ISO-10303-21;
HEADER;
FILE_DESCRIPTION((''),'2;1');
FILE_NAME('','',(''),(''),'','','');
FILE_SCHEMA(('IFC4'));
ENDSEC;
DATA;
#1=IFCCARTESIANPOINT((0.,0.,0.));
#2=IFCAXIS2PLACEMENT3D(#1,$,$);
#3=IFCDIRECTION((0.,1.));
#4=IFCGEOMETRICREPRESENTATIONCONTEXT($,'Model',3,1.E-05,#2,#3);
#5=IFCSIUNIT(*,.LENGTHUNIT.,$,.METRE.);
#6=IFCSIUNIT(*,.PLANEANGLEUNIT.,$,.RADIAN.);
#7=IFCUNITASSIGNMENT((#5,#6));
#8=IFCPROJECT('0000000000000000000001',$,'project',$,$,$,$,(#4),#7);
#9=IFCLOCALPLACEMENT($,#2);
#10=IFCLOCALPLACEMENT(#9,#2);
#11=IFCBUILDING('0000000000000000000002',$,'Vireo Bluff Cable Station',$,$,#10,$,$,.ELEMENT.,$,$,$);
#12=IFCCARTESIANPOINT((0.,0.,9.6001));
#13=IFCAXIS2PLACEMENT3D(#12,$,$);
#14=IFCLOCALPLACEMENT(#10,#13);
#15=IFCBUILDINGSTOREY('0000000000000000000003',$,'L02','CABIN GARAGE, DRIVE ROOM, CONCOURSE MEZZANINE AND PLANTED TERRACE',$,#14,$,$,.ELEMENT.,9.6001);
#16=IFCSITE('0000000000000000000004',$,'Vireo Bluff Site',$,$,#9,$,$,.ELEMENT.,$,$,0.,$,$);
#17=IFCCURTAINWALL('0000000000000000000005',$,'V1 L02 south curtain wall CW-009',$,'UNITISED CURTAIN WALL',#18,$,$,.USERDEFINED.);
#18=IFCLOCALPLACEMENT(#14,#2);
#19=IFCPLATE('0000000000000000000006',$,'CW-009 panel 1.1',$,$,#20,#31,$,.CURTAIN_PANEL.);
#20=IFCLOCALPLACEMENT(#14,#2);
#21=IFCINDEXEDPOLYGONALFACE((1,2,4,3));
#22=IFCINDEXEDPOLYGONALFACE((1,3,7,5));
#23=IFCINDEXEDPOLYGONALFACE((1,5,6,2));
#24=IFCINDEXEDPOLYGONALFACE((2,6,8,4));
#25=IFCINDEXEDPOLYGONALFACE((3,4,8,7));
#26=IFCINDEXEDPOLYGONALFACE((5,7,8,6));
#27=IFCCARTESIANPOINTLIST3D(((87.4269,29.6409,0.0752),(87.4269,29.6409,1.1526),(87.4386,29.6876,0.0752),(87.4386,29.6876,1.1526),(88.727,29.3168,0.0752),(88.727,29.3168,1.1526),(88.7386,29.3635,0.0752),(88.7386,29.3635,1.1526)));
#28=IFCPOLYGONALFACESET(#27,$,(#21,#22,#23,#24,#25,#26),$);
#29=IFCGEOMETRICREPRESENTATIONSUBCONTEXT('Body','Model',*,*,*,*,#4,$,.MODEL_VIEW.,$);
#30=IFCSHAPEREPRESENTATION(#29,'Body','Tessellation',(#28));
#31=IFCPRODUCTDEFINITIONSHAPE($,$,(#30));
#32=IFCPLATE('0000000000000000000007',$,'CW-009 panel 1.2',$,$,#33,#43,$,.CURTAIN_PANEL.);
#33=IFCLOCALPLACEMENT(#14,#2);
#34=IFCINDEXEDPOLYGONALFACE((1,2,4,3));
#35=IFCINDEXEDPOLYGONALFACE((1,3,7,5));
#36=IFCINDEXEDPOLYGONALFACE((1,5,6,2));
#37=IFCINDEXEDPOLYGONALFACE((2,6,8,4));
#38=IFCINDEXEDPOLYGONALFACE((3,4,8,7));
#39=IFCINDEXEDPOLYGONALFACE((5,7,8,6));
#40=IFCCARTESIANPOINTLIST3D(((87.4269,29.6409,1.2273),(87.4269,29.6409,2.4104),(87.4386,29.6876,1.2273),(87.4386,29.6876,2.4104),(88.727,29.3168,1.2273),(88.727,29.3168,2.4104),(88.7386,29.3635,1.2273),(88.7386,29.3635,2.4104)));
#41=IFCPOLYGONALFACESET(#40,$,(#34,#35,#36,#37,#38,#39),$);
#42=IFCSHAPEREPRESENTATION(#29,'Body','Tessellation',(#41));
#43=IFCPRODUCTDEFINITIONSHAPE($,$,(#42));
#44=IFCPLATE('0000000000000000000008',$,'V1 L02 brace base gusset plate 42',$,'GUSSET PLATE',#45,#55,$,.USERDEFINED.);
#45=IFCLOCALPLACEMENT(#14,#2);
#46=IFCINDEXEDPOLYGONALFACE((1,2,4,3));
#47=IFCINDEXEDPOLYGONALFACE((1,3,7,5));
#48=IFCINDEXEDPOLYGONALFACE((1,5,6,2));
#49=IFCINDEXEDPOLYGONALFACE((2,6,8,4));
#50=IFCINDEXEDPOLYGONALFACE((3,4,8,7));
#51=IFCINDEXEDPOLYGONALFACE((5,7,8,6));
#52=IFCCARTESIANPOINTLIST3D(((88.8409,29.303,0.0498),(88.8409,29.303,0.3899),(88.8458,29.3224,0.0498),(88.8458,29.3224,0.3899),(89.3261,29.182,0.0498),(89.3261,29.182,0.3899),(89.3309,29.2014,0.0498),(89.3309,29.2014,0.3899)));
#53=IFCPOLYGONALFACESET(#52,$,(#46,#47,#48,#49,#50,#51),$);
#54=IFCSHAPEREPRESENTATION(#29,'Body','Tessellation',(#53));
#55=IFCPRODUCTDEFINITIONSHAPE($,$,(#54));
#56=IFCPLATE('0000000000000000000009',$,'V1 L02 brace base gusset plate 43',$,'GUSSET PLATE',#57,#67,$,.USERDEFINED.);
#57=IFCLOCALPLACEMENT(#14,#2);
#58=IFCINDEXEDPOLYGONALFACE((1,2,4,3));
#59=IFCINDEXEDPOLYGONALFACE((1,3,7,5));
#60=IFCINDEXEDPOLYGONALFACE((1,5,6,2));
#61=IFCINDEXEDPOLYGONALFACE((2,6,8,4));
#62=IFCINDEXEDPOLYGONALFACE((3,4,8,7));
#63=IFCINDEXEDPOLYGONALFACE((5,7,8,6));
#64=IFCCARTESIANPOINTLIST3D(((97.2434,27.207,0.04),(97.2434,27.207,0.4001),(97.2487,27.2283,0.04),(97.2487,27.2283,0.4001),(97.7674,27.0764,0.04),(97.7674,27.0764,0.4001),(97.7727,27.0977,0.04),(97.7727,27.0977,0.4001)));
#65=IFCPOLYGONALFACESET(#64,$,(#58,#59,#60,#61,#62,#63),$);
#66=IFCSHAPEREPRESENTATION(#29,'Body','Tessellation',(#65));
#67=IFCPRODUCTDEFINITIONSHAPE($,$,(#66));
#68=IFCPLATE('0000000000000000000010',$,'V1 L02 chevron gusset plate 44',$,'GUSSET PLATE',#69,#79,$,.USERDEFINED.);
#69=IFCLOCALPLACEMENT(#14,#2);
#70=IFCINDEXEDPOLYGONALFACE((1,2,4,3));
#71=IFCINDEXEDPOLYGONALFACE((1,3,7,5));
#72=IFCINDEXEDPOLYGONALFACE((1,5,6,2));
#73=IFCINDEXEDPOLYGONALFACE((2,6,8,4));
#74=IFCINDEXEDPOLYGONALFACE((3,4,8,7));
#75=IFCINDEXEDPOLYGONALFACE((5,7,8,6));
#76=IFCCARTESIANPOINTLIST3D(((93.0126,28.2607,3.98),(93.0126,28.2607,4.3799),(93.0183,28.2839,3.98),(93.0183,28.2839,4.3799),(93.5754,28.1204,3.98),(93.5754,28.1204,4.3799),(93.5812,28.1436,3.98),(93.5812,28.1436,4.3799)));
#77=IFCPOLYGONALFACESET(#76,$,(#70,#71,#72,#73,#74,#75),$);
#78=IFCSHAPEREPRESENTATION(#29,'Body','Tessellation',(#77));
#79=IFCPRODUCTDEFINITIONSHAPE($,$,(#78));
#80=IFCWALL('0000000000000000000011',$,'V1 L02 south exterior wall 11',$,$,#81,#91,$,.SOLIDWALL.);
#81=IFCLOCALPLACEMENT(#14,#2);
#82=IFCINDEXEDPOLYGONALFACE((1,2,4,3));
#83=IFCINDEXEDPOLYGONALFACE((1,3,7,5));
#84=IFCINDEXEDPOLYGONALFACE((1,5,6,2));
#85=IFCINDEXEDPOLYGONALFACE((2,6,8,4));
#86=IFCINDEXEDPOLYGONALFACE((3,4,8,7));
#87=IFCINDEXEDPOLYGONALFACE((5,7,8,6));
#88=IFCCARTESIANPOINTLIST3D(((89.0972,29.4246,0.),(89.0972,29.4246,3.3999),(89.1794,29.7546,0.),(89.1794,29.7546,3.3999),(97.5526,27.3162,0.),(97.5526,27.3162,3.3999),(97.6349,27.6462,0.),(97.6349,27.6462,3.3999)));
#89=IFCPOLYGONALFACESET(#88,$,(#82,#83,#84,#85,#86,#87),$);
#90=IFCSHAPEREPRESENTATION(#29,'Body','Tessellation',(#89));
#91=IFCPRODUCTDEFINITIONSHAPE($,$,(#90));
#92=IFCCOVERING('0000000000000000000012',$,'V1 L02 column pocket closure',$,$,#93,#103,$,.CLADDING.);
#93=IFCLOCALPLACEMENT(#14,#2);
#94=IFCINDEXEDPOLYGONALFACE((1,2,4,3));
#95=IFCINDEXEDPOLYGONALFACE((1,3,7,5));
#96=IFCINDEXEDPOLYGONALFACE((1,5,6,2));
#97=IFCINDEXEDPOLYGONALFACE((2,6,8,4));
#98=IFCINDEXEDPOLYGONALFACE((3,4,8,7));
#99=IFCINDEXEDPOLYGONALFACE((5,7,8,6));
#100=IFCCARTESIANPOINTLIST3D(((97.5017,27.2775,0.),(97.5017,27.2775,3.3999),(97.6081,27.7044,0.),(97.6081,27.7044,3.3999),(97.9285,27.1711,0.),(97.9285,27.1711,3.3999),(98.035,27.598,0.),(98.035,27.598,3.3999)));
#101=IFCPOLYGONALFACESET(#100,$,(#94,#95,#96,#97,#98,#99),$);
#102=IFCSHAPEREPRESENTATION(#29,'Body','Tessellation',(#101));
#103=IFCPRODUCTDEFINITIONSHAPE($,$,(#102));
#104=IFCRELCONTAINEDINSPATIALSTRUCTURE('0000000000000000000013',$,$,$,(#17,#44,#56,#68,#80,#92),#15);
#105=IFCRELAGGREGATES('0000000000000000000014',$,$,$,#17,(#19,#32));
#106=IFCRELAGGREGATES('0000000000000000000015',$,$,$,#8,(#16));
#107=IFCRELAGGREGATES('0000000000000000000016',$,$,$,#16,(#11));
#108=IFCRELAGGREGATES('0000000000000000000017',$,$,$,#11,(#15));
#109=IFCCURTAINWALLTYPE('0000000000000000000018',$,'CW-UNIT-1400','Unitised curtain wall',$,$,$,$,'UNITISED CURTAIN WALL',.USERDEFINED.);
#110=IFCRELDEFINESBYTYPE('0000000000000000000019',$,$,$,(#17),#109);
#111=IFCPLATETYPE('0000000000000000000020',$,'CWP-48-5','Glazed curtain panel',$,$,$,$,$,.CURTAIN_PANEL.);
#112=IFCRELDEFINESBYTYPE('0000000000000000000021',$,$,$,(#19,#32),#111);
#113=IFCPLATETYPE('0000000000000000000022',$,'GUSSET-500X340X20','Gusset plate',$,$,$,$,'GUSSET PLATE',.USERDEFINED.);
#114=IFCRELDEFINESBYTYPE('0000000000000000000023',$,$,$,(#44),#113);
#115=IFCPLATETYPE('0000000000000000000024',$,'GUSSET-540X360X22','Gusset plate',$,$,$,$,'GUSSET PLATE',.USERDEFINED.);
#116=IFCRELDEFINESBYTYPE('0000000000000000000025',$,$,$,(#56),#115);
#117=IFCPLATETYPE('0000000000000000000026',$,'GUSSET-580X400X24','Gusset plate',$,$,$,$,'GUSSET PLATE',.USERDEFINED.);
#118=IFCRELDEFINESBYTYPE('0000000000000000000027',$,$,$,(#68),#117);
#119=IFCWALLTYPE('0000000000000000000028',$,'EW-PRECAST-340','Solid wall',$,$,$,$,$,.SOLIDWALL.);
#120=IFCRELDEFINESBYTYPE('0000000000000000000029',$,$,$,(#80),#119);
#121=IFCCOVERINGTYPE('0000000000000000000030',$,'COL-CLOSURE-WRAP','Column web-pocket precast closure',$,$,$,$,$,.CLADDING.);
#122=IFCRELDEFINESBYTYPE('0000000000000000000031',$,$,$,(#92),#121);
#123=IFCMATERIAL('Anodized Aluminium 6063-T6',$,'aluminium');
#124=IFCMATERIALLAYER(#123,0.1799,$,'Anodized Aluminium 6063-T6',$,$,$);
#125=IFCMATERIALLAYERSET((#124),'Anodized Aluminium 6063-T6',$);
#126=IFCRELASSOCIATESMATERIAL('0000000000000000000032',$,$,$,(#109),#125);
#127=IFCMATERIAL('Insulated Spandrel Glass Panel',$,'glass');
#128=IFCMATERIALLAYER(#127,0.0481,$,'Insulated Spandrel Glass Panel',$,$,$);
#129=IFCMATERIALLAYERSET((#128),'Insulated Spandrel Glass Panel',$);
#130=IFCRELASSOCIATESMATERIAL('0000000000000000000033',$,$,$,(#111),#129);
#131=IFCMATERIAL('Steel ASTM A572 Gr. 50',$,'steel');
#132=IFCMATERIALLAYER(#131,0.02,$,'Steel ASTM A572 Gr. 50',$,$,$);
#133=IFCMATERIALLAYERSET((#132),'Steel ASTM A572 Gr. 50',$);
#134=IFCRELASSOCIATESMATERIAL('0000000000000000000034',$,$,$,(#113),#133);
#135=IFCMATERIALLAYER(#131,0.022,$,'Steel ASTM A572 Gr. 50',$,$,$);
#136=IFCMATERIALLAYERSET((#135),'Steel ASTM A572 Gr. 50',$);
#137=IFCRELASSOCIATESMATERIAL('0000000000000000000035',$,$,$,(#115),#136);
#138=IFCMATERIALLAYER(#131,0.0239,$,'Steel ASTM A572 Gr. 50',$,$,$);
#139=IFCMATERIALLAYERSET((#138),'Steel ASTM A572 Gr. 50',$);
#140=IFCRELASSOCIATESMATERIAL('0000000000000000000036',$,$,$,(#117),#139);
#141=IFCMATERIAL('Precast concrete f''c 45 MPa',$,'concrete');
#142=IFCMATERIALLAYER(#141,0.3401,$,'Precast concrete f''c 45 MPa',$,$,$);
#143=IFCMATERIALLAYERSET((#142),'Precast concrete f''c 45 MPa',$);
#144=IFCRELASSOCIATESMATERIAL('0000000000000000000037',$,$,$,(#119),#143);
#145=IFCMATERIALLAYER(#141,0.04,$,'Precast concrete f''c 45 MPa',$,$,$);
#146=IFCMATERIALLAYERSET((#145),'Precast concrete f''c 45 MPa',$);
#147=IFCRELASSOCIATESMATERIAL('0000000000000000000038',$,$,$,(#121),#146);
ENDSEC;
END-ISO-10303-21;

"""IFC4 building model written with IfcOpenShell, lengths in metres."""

from ifc_helpers import new_model, si_unit, direction, frame, frame_2d, origin, origin_2d, place, context, subcontext, project, spatial, rectangle, extrude, material, layer, layer_set, type_object, element, aggregate, save


model = new_model("IFC4")

# Units and contexts
model_context = context("Model", 3, precision=1e-05, world=origin(), true_north=direction((0.0, 1.0)))
body_context = subcontext(model_context, "Body", "Model", "MODEL_VIEW")
ifc_project = project(units=[si_unit("LENGTHUNIT", "METRE"), si_unit("PLANEANGLEUNIT", "RADIAN")], contexts=[model_context])

# Site, building, storey
site_placement = place(None, origin())
site = spatial("IfcSite", under=ifc_project, at=site_placement, Name="Vireo Bluff Site", CompositionType="ELEMENT", RefElevation=0.0)
building_placement = place(site_placement, origin())
building = spatial("IfcBuilding", under=site, at=building_placement, Name="Vireo Bluff Cable Station", CompositionType="ELEMENT")
storey_placement = place(building_placement, frame((0.0, 0.0, 9.6001)))
storey = spatial("IfcBuildingStorey", under=building, at=storey_placement, Name="L02", Description="CABIN GARAGE, DRIVE ROOM, CONCOURSE MEZZANINE AND PLANTED TERRACE", CompositionType="ELEMENT", Elevation=9.6001)

# Curtain wall
ifc_material_1 = material(Name="Anodized Aluminium 6063-T6", Category="aluminium")
ifc_layer_1 = layer(ifc_material_1, 0.1799, Name="Anodized Aluminium 6063-T6")
ifc_layer_set_1 = layer_set([ifc_layer_1], Name="Anodized Aluminium 6063-T6")
curtain_wall_type = type_object("IfcCurtainWallType", Name="CW-UNIT-1400", Description="Unitised curtain wall", ElementType="UNITISED CURTAIN WALL", PredefinedType="USERDEFINED", material=ifc_layer_set_1)
curtain_wall_1_placement = place(storey_placement, origin())
curtain_wall_1 = element("IfcCurtainWall", 1, at=curtain_wall_1_placement, inside=storey, type_object=curtain_wall_type, Name="V1 L02 south curtain wall CW-009", ObjectType="UNITISED CURTAIN WALL", PredefinedType="USERDEFINED")

# Plates
ifc_material_2 = material(Name="Insulated Spandrel Glass Panel", Category="glass")
ifc_layer_2 = layer(ifc_material_2, 0.0481, Name="Insulated Spandrel Glass Panel")
ifc_layer_set_2 = layer_set([ifc_layer_2], Name="Insulated Spandrel Glass Panel")
plate_type_1 = type_object("IfcPlateType", Name="CWP-48-5", Description="Glazed curtain panel", PredefinedType="CURTAIN_PANEL", material=ifc_layer_set_2)
plate_1_placement = place(storey_placement, frame((88.0828, 29.5022, 0.0752), z_axis=(0.0, 0.0, 1.0), x_axis=(-0.970296, 0.241922, 0.0)))
plate_1 = element("IfcPlate", 2, at=plate_1_placement, type_object=plate_type_1, Name="CW-009 panel 1.1", PredefinedType="CURTAIN_PANEL", context=body_context, shape_type="SweptSolid", body=[
    extrude(rectangle(XDim=1.3398, YDim=0.0481, at=origin_2d()), origin(), (0.0, 0.0, 1.0), 1.0774),
])
plate_2_placement = place(storey_placement, frame((88.0828, 29.5022, 1.2273), z_axis=(0.0, 0.0, 1.0), x_axis=(-0.970296, 0.241922, 0.0)))
plate_2 = element("IfcPlate", 3, at=plate_2_placement, type_object=plate_type_1, Name="CW-009 panel 1.2", PredefinedType="CURTAIN_PANEL", context=body_context, shape_type="SweptSolid", body=[
    extrude(rectangle(XDim=1.3398, YDim=0.0481, at=origin_2d()), origin(), (0.0, 0.0, 1.0), 1.1831),
])
aggregate(curtain_wall_1, [plate_1, plate_2])

# Plates
ifc_material_3 = material(Name="Steel ASTM A572 Gr. 50", Category="steel")
ifc_layer_3 = layer(ifc_material_3, 0.02, Name="Steel ASTM A572 Gr. 50")
ifc_layer_set_3 = layer_set([ifc_layer_3], Name="Steel ASTM A572 Gr. 50")
plate_type_2 = type_object("IfcPlateType", Name="GUSSET-500X340X20", Description="Gusset plate", ElementType="GUSSET PLATE", PredefinedType="USERDEFINED", material=ifc_layer_set_3)
plate_3_placement = place(storey_placement, frame((89.0859, 29.2522, 0.0498), z_axis=(0.0, 0.0, 1.0), x_axis=(0.970296, -0.241922, 0.0)))
element("IfcPlate", 4, at=plate_3_placement, inside=storey, type_object=plate_type_2, Name="V1 L02 brace base gusset plate 42", ObjectType="GUSSET PLATE", PredefinedType="USERDEFINED", context=body_context, shape_type="SweptSolid", body=[
    extrude(rectangle(XDim=0.5, YDim=0.02, at=origin_2d()), origin(), (0.0, 0.0, 1.0), 0.3401),
])
ifc_layer_4 = layer(ifc_material_3, 0.022, Name="Steel ASTM A572 Gr. 50")
ifc_layer_set_4 = layer_set([ifc_layer_4], Name="Steel ASTM A572 Gr. 50")
plate_type_3 = type_object("IfcPlateType", Name="GUSSET-540X360X22", Description="Gusset plate", ElementType="GUSSET PLATE", PredefinedType="USERDEFINED", material=ifc_layer_set_4)
plate_4_placement = place(storey_placement, frame((97.5081, 27.1523, 0.04), z_axis=(0.0, 0.0, 1.0), x_axis=(0.970296, -0.241922, 0.0)))
element("IfcPlate", 5, at=plate_4_placement, inside=storey, type_object=plate_type_3, Name="V1 L02 brace base gusset plate 43", ObjectType="GUSSET PLATE", PredefinedType="USERDEFINED", context=body_context, shape_type="SweptSolid", body=[
    extrude(rectangle(XDim=0.54, YDim=0.022, at=origin_2d()), origin(), (0.0, 0.0, 1.0), 0.3601),
])
ifc_layer_5 = layer(ifc_material_3, 0.0239, Name="Steel ASTM A572 Gr. 50")
ifc_layer_set_5 = layer_set([ifc_layer_5], Name="Steel ASTM A572 Gr. 50")
plate_type_4 = type_object("IfcPlateType", Name="GUSSET-580X400X24", Description="Gusset plate", ElementType="GUSSET PLATE", PredefinedType="USERDEFINED", material=ifc_layer_set_5)
plate_5_placement = place(storey_placement, frame((93.2969, 28.2021, 3.98), z_axis=(0.0, 0.0, 1.0), x_axis=(0.970296, -0.241922, 0.0)))
element("IfcPlate", 6, at=plate_5_placement, inside=storey, type_object=plate_type_4, Name="V1 L02 chevron gusset plate 44", ObjectType="GUSSET PLATE", PredefinedType="USERDEFINED", context=body_context, shape_type="SweptSolid", body=[
    extrude(rectangle(XDim=0.5801, YDim=0.0239, at=origin_2d()), origin(), (0.0, 0.0, 1.0), 0.3999),
])

# Wall
ifc_material_4 = material(Name="Precast concrete f'c 45 MPa", Category="concrete")
ifc_layer_6 = layer(ifc_material_4, 0.3401, Name="Precast concrete f'c 45 MPa")
ifc_layer_set_6 = layer_set([ifc_layer_6], Name="Precast concrete f'c 45 MPa")
wall_type = type_object("IfcWallType", Name="EW-PRECAST-340", Description="Solid wall", PredefinedType="SOLIDWALL", material=ifc_layer_set_6)
wall_placement = place(storey_placement, frame((97.5938, 27.4812, 0.0), z_axis=(0.0, 0.0, 1.0), x_axis=(-0.970291, 0.241942, 0.0)))
element("IfcWall", 7, at=wall_placement, inside=storey, type_object=wall_type, Name="V1 L02 south exterior wall 11", PredefinedType="SOLIDWALL", context=body_context, shape_type="SweptSolid", body=[
    extrude(rectangle(XDim=8.7144, YDim=0.3401, at=frame_2d((4.3572, 0.0))), origin(), (0.0, 0.0, 1.0), 3.3999),
])

# Covering
ifc_layer_7 = layer(ifc_material_4, 0.04, Name="Precast concrete f'c 45 MPa")
ifc_layer_set_7 = layer_set([ifc_layer_7], Name="Precast concrete f'c 45 MPa")
covering_type = type_object("IfcCoveringType", Name="COL-CLOSURE-WRAP", Description="Column web-pocket precast closure", PredefinedType="CLADDING", material=ifc_layer_set_7)
covering_placement = place(storey_placement, frame((97.7683, 27.4377, 0.0), z_axis=(0.0, 0.0, 1.0), x_axis=(0.970296, -0.241922, 0.0)))
element("IfcCovering", 8, at=covering_placement, inside=storey, type_object=covering_type, Name="V1 L02 column pocket closure", PredefinedType="CLADDING", context=body_context, shape_type="SweptSolid", body=[
    extrude(rectangle(XDim=0.4399, YDim=0.4399, at=origin_2d()), origin(), (0.0, 0.0, 1.0), 3.3999),
])

save(model, "model.ifc")
